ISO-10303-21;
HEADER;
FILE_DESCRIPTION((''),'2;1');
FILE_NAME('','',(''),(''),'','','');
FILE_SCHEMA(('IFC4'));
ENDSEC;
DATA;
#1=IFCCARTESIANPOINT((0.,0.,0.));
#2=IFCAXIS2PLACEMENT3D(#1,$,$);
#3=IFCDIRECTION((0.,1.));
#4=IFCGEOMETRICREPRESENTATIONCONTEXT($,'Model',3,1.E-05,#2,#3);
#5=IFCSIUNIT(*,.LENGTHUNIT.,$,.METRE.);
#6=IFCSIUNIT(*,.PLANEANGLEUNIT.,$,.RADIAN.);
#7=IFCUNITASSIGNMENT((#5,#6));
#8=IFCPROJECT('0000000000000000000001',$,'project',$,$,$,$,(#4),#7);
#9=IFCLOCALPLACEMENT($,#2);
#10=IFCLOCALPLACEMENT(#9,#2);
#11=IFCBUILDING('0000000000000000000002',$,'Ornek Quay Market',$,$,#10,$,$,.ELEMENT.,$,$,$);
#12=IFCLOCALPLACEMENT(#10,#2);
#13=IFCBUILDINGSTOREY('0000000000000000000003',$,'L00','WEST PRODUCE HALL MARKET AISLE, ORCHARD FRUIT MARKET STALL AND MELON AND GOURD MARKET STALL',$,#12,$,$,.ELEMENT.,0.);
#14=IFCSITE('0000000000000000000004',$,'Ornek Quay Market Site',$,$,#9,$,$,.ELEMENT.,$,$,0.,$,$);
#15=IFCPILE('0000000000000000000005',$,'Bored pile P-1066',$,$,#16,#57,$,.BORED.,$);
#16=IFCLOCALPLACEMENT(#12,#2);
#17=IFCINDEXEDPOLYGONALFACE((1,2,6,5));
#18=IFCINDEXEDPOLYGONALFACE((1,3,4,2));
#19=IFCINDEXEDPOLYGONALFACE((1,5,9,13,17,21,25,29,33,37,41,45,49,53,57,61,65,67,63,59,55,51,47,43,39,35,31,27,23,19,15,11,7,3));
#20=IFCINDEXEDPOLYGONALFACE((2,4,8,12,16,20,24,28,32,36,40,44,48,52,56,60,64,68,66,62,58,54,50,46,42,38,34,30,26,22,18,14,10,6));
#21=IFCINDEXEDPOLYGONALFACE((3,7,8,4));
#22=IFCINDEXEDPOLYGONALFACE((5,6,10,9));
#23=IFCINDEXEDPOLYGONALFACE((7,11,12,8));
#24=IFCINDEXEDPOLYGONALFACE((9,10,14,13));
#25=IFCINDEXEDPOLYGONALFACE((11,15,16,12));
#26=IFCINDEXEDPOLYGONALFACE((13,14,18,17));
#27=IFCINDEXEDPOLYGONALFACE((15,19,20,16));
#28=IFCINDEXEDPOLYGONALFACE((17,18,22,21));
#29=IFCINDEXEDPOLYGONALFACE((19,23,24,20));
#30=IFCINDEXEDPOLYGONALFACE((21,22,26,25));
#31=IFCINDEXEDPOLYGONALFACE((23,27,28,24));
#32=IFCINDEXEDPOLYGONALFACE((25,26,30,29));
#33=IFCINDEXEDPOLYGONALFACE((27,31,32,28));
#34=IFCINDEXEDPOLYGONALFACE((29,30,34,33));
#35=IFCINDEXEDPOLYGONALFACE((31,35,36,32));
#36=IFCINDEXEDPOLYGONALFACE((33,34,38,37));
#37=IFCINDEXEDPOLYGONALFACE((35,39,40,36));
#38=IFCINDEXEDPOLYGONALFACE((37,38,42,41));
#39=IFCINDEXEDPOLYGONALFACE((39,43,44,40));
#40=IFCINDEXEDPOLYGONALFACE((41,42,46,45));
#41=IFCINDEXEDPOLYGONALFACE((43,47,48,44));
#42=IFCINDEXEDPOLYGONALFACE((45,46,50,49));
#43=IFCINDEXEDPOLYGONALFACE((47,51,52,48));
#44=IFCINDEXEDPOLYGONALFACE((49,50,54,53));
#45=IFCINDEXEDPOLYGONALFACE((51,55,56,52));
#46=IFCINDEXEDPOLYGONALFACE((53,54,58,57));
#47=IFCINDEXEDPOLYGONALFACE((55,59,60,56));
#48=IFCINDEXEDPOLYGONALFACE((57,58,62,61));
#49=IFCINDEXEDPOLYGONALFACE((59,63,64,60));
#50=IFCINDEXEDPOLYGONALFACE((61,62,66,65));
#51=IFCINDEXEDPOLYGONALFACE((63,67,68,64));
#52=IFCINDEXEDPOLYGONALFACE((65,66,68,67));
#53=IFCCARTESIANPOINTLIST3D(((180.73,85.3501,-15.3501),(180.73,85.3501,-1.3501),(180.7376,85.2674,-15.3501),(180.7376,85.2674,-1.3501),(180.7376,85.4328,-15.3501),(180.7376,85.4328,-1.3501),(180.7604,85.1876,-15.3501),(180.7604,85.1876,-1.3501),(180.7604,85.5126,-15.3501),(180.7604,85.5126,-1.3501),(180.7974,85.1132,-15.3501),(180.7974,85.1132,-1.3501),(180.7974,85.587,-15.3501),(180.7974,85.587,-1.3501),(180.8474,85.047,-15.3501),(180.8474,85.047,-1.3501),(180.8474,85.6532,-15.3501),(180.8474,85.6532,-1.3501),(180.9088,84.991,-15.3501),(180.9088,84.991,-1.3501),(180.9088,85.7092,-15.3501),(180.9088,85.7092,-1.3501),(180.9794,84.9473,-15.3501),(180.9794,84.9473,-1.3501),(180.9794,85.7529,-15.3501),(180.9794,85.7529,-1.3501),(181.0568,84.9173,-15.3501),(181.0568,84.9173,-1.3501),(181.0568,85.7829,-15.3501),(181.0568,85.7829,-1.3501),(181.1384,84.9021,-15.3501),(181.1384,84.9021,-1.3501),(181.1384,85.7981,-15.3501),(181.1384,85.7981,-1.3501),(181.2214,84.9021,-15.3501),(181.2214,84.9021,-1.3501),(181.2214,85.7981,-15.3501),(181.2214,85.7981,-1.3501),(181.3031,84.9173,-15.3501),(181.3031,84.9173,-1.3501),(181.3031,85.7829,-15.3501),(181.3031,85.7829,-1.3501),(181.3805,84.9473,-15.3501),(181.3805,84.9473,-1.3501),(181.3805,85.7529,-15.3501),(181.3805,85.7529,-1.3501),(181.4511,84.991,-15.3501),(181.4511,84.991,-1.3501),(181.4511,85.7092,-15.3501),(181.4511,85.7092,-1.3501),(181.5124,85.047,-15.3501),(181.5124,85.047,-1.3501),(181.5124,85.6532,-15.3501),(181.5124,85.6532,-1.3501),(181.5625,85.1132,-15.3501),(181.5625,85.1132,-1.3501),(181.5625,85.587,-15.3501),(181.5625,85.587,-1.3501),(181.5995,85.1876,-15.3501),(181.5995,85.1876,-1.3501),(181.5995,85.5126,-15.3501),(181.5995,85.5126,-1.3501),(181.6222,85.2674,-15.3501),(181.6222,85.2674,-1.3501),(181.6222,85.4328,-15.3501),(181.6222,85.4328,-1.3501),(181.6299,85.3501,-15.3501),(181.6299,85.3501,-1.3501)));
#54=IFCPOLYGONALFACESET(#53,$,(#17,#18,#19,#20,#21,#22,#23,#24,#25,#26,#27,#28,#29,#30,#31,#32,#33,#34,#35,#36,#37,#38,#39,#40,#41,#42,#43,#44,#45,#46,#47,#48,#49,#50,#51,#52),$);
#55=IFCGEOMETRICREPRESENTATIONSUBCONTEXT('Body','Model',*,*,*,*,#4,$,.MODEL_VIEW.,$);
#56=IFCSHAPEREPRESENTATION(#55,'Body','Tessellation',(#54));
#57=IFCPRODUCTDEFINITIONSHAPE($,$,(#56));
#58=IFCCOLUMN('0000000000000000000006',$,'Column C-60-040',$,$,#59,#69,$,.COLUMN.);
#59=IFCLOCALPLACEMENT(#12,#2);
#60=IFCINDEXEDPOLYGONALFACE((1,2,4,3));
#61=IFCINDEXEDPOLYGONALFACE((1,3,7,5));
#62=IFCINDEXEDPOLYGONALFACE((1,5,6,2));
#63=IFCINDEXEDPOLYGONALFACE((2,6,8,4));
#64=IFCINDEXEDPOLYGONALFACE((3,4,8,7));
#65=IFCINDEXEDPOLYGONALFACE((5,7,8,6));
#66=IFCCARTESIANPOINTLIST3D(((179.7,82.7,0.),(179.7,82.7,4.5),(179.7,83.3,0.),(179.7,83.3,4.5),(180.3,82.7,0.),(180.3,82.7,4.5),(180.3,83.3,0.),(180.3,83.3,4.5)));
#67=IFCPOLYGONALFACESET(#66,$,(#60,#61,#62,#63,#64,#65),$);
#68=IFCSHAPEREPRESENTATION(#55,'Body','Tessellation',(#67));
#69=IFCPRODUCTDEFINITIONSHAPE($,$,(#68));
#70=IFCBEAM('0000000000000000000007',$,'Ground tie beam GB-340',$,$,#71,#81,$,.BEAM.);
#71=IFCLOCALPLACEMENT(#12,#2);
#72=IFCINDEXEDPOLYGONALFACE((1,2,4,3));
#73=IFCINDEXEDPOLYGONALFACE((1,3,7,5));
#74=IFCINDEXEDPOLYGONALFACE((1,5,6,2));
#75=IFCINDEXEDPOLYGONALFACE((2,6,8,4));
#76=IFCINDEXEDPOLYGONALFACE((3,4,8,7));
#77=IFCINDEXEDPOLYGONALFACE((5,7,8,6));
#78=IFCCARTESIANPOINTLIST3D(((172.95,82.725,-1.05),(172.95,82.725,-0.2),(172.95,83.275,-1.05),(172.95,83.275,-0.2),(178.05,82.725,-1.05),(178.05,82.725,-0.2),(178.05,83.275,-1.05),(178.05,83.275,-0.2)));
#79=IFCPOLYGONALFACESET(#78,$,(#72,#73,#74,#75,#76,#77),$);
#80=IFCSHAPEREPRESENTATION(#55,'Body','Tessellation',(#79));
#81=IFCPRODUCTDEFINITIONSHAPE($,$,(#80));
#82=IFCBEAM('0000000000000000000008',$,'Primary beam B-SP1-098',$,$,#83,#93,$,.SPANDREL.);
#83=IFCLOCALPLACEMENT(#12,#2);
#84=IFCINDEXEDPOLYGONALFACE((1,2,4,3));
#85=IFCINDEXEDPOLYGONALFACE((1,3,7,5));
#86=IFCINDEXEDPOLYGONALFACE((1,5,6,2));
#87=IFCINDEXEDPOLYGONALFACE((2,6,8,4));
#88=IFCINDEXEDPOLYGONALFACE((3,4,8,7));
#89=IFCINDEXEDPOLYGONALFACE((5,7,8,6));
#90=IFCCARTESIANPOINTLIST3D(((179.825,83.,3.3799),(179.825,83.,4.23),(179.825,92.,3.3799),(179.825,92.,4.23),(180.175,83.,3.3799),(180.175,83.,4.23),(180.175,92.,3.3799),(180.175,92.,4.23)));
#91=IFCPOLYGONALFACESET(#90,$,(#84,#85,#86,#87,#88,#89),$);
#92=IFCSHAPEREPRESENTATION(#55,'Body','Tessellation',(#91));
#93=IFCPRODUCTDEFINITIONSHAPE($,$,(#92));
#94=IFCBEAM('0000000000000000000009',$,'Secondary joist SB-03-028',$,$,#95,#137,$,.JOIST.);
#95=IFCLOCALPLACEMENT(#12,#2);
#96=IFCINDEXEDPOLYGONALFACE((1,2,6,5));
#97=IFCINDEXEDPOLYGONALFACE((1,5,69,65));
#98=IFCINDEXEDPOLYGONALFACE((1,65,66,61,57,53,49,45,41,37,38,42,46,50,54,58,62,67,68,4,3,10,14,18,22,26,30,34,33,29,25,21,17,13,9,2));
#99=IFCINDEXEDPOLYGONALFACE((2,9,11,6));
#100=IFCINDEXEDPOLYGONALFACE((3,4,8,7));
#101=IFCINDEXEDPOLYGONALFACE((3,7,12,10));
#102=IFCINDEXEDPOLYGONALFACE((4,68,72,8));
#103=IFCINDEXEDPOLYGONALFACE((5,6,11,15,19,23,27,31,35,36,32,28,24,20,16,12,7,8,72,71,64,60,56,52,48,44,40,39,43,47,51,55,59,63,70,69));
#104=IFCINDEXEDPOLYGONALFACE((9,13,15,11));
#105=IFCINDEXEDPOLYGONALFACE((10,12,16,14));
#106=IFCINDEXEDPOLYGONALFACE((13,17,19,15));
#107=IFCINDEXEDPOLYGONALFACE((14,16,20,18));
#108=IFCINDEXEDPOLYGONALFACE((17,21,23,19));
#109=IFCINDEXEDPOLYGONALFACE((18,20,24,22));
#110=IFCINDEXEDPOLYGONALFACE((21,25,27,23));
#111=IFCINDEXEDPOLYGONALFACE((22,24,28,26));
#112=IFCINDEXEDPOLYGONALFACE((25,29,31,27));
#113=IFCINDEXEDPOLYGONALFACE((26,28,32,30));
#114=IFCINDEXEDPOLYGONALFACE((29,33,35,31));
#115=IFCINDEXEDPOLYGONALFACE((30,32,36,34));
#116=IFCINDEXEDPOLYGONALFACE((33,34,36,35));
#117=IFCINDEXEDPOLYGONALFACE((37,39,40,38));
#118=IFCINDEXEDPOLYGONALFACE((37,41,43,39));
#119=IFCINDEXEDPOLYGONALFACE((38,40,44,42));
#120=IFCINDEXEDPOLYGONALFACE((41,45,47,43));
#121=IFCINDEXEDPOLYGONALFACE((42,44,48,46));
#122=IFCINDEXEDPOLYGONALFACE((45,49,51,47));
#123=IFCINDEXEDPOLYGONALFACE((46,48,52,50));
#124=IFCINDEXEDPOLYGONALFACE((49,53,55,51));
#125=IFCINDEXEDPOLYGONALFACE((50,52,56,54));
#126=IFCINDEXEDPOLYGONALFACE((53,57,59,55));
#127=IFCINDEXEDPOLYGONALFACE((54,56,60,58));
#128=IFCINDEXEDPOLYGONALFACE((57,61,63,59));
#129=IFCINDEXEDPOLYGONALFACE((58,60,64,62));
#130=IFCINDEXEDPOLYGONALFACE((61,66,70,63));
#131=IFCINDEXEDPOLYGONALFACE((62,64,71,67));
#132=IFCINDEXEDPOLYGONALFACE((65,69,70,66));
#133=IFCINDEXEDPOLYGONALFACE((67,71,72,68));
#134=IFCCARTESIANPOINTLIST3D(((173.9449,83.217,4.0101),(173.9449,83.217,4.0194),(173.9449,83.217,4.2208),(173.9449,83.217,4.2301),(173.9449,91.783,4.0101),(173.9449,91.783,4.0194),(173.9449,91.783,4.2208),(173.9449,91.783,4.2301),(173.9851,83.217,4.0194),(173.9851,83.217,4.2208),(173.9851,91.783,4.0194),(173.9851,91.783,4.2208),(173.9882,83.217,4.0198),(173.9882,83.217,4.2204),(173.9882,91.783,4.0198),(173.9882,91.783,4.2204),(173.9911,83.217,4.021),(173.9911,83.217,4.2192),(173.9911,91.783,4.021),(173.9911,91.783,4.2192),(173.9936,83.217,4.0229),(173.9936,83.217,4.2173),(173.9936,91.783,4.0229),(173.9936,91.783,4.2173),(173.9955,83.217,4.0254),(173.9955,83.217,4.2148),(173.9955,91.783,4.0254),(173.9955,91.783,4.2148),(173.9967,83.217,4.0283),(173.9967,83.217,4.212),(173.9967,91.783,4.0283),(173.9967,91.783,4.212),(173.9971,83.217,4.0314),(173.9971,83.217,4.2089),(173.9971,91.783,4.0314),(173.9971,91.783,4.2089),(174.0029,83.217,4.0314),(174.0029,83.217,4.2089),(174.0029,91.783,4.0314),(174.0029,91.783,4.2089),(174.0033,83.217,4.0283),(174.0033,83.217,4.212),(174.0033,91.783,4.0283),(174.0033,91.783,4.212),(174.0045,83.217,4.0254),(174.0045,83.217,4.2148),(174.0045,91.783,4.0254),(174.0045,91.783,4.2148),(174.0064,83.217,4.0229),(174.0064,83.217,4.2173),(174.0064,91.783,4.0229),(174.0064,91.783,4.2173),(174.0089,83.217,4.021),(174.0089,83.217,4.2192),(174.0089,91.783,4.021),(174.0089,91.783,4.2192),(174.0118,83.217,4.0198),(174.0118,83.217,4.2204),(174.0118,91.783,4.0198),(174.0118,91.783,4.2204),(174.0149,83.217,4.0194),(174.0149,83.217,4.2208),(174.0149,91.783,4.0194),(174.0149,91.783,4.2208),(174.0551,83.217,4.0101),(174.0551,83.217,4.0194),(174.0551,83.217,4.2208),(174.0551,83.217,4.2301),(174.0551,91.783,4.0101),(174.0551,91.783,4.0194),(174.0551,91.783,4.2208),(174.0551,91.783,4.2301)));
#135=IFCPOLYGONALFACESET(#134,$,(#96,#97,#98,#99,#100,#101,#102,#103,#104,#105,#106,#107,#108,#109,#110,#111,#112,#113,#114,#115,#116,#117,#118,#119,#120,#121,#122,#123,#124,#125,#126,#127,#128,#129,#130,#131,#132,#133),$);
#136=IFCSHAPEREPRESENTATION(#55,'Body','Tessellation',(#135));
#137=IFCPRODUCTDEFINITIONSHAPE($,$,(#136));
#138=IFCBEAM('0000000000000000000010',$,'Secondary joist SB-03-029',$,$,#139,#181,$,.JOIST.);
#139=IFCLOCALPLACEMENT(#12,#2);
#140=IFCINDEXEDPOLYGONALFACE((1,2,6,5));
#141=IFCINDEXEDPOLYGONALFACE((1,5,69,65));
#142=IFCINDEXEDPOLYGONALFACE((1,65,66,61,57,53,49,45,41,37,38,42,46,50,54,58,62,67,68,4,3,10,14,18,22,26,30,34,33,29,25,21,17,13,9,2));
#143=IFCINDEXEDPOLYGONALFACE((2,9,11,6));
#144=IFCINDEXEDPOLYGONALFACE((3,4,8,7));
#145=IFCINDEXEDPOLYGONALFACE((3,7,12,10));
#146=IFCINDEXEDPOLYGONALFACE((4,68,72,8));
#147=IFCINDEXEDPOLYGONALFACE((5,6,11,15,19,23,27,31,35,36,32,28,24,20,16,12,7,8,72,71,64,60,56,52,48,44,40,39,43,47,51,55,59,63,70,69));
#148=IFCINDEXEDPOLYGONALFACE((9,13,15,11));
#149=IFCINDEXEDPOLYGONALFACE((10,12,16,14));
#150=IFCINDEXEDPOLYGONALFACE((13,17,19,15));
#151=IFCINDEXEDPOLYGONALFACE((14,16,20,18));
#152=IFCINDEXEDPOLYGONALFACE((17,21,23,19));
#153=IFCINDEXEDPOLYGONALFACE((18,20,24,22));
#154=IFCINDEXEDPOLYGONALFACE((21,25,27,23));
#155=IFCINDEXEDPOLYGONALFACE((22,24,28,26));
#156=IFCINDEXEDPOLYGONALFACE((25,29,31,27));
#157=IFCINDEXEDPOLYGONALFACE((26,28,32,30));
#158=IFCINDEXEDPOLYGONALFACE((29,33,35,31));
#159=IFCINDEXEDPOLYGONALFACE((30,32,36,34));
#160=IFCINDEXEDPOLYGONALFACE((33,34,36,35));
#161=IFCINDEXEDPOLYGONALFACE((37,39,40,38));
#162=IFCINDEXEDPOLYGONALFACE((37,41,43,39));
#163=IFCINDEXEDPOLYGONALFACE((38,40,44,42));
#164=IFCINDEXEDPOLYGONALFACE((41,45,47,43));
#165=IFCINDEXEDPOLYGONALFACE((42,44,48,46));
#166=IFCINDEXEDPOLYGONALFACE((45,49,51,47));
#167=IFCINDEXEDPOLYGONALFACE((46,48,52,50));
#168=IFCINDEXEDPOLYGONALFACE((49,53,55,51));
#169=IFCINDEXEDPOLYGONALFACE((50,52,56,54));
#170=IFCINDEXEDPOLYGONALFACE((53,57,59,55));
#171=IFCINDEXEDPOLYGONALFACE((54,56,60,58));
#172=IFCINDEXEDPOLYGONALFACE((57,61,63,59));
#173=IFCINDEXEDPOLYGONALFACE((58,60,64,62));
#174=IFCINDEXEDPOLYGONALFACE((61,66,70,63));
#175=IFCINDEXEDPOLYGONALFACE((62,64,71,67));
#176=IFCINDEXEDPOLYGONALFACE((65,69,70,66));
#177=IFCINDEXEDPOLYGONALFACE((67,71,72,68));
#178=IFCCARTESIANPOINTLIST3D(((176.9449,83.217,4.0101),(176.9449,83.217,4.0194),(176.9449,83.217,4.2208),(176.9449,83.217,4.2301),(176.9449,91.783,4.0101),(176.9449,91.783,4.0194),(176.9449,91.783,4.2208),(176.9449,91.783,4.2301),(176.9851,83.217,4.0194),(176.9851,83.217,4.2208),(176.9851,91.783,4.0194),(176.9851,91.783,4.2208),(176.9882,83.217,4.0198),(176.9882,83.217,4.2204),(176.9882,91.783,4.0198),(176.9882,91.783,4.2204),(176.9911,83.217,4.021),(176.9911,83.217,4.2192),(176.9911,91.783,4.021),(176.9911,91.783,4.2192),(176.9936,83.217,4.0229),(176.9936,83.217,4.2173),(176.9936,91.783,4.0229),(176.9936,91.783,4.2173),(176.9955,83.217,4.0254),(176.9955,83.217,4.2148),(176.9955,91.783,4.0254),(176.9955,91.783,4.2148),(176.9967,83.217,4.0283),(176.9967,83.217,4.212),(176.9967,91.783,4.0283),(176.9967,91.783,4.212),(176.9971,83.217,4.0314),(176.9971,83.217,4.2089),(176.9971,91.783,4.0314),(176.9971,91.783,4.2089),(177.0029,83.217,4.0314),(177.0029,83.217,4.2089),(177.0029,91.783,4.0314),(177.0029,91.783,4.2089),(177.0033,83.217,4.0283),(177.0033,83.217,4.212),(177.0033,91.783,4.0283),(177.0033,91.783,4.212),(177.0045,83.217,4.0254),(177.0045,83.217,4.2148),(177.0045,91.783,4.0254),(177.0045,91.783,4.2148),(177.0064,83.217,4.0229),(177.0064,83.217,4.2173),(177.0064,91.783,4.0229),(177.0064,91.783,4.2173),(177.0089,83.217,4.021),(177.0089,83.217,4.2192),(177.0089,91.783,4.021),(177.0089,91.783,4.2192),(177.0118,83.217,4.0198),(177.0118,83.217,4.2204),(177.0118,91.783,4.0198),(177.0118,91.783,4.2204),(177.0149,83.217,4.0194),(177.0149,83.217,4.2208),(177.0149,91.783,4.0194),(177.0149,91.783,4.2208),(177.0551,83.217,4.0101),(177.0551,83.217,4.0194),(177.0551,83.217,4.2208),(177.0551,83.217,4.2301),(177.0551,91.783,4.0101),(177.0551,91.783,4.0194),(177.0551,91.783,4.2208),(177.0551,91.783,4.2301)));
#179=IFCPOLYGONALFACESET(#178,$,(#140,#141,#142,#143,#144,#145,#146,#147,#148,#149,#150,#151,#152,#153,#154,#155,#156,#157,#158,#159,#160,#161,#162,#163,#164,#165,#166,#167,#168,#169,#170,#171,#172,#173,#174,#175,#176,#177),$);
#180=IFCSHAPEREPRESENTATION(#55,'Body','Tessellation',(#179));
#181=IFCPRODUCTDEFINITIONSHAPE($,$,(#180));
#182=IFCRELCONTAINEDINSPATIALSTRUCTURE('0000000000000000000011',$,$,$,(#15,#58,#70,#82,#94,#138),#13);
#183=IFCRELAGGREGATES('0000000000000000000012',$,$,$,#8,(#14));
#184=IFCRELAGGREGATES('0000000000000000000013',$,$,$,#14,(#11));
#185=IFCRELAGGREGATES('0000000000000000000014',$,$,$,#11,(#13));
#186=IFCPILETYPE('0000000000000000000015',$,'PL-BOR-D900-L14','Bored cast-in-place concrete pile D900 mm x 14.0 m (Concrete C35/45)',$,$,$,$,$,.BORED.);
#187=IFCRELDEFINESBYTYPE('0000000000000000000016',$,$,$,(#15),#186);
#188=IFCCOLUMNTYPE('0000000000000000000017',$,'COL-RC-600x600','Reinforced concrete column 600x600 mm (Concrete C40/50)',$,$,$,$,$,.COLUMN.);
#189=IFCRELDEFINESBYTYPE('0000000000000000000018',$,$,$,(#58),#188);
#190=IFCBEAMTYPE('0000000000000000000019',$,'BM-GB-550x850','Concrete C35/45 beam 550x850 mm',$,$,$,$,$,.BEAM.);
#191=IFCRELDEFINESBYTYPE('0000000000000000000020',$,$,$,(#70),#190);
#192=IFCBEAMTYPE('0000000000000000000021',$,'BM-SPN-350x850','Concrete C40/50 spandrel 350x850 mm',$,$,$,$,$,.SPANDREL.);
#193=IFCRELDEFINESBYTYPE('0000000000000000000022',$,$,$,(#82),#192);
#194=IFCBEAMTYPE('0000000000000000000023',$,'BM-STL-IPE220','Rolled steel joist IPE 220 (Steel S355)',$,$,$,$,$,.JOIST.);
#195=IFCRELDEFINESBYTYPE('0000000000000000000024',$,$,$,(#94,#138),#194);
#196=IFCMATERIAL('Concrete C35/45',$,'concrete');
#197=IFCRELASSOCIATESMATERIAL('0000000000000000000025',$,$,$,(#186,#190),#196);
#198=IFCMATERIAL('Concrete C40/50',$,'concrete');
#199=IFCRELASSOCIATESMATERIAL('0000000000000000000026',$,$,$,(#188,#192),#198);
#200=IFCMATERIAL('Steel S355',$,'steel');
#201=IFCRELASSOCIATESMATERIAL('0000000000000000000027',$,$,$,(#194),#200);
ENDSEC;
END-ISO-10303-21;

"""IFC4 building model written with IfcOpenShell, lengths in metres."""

from ifc_helpers import new_model, si_unit, direction, frame, origin, origin_2d, place, context, subcontext, project, spatial, rectangle, circle, i_section, extrude, material, material_profile, profile_set, type_object, element, save


model = new_model("IFC4")

# Units and contexts
model_context = context("Model", 3, precision=1e-05, world=origin(), true_north=direction((0.0, 1.0)))
body_context = subcontext(model_context, "Body", "Model", "MODEL_VIEW")
ifc_project = project(units=[si_unit("LENGTHUNIT", "METRE"), si_unit("PLANEANGLEUNIT", "RADIAN")], contexts=[model_context])

# Site, building, storey
site_placement = place(None, origin())
site = spatial("IfcSite", under=ifc_project, at=site_placement, Name="Ornek Quay Market Site", CompositionType="ELEMENT", RefElevation=0.0)
building_placement = place(site_placement, origin())
building = spatial("IfcBuilding", under=site, at=building_placement, Name="Ornek Quay Market", CompositionType="ELEMENT")
storey_placement = place(building_placement, origin())
storey = spatial("IfcBuildingStorey", under=building, at=storey_placement, Name="L00", Description="WEST PRODUCE HALL MARKET AISLE, ORCHARD FRUIT MARKET STALL AND MELON AND GOURD MARKET STALL", CompositionType="ELEMENT", Elevation=0.0)

# Pile
ifc_material_1 = material(Name="Concrete C35/45", Category="concrete")
ifc_material_profile_1 = material_profile(ifc_material_1, circle(Radius=0.45, at=origin_2d()), Name="PILE D900", Category="concrete")
ifc_profile_set_1 = profile_set([ifc_material_profile_1], Name="Concrete C35/45")
pile_type = type_object("IfcPileType", Name="PL-BOR-D900-L14", Description="Bored cast-in-place concrete pile D900 mm x 14.0 m (Concrete C35/45)", PredefinedType="BORED", material=ifc_profile_set_1)
for number, where, z_axis, x_axis, name in (
    (1, (181.1799, 85.3501, -1.3501), (0.0, 0.0, -1.0), (1.0, 0.0, 0.0), "Bored pile P-1066"),
):
    element("IfcPile", number, at=place(storey_placement, frame(where, z_axis=z_axis, x_axis=x_axis)), inside=storey, type_object=pile_type, Name=name, PredefinedType="BORED", context=body_context, shape_type="SweptSolid", body=[
        extrude(circle(Radius=0.45, at=origin_2d()), origin(), (0.0, 0.0, 1.0), 14.0),
    ])

# Column
ifc_material_2 = material(Name="Concrete C40/50", Category="concrete")
ifc_material_profile_2 = material_profile(ifc_material_2, rectangle(XDim=0.6001, YDim=0.6001, at=origin_2d()), Name="RC 600x600", Category="concrete")
ifc_profile_set_2 = profile_set([ifc_material_profile_2], Name="Concrete C40/50")
column_type = type_object("IfcColumnType", Name="COL-RC-600x600", Description="Reinforced concrete column 600x600 mm (Concrete C40/50)", PredefinedType="COLUMN", material=ifc_profile_set_2)
column_placement = place(storey_placement, frame((180.0, 83.0, 0.0), z_axis=(0.0, 0.0, 1.0), x_axis=(1.0, 0.0, 0.0)))
element("IfcColumn", 2, at=column_placement, inside=storey, type_object=column_type, Name="Column C-60-040", PredefinedType="COLUMN", context=body_context, shape_type="SweptSolid", body=[
    extrude(rectangle(XDim=0.6001, YDim=0.6001, at=origin_2d()), origin(), (0.0, 0.0, 1.0), 4.5),
])

# Beams
ifc_material_profile_3 = material_profile(ifc_material_1, rectangle(XDim=0.55, YDim=0.8501, at=origin_2d()), Name="RC 550x850", Category="concrete")
ifc_profile_set_3 = profile_set([ifc_material_profile_3], Name="Concrete C35/45")
beam_type_1 = type_object("IfcBeamType", Name="BM-GB-550x850", Description="Concrete C35/45 beam 550x850 mm", PredefinedType="BEAM", material=ifc_profile_set_3)
beam_1_placement = place(storey_placement, frame((172.95, 83.0, -0.625), z_axis=(1.0, 0.0, 0.0), x_axis=(0.0, 1.0, 0.0)))
element("IfcBeam", 3, at=beam_1_placement, inside=storey, type_object=beam_type_1, Name="Ground tie beam GB-340", PredefinedType="BEAM", context=body_context, shape_type="SweptSolid", body=[
    extrude(rectangle(XDim=0.55, YDim=0.8501, at=origin_2d()), origin(), (0.0, 0.0, 1.0), 5.1001),
])
ifc_material_profile_4 = material_profile(ifc_material_2, rectangle(XDim=0.3501, YDim=0.8501, at=origin_2d()), Name="RC 350x850", Category="concrete")
ifc_profile_set_4 = profile_set([ifc_material_profile_4], Name="Concrete C40/50")
beam_type_2 = type_object("IfcBeamType", Name="BM-SPN-350x850", Description="Concrete C40/50 spandrel 350x850 mm", PredefinedType="SPANDREL", material=ifc_profile_set_4)
beam_2_placement = place(storey_placement, frame((180.0, 83.0, 3.8049), z_axis=(0.0, 1.0, 0.0), x_axis=(-1.0, 0.0, 0.0)))
element("IfcBeam", 4, at=beam_2_placement, inside=storey, type_object=beam_type_2, Name="Primary beam B-SP1-098", PredefinedType="SPANDREL", context=body_context, shape_type="SweptSolid", body=[
    extrude(rectangle(XDim=0.3501, YDim=0.8501, at=origin_2d()), origin(), (0.0, 0.0, 1.0), 9.0),
])
ifc_material_3 = material(Name="Steel S355", Category="steel")
ifc_material_profile_5 = material_profile(ifc_material_3, i_section(OverallWidth=0.1101, OverallDepth=0.22, WebThickness=0.0059, FlangeThickness=0.0093, FilletRadius=0.012, at=origin_2d()), Name="IPE 220", Category="steel")
ifc_profile_set_5 = profile_set([ifc_material_profile_5], Name="Steel S355")
beam_type_3 = type_object("IfcBeamType", Name="BM-STL-IPE220", Description="Rolled steel joist IPE 220 (Steel S355)", PredefinedType="JOIST", material=ifc_profile_set_5)
for number, where, z_axis, x_axis, name in (
    (5, (174.0, 83.217, 4.1201), (0.0, 1.0, 0.0), (-1.0, 0.0, 0.0), "Secondary joist SB-03-028"),
    (6, (177.0, 83.217, 4.1201), (0.0, 1.0, 0.0), (-1.0, 0.0, 0.0), "Secondary joist SB-03-029"),
):
    element("IfcBeam", number, at=place(storey_placement, frame(where, z_axis=z_axis, x_axis=x_axis)), inside=storey, type_object=beam_type_3, Name=name, PredefinedType="JOIST", context=body_context, shape_type="SweptSolid", body=[
        extrude(i_section(OverallWidth=0.1101, OverallDepth=0.22, WebThickness=0.0059, FlangeThickness=0.0093, FilletRadius=0.012, at=origin_2d()), origin(), (0.0, 0.0, 1.0), 8.5659),
    ])

save(model, "model.ifc")
